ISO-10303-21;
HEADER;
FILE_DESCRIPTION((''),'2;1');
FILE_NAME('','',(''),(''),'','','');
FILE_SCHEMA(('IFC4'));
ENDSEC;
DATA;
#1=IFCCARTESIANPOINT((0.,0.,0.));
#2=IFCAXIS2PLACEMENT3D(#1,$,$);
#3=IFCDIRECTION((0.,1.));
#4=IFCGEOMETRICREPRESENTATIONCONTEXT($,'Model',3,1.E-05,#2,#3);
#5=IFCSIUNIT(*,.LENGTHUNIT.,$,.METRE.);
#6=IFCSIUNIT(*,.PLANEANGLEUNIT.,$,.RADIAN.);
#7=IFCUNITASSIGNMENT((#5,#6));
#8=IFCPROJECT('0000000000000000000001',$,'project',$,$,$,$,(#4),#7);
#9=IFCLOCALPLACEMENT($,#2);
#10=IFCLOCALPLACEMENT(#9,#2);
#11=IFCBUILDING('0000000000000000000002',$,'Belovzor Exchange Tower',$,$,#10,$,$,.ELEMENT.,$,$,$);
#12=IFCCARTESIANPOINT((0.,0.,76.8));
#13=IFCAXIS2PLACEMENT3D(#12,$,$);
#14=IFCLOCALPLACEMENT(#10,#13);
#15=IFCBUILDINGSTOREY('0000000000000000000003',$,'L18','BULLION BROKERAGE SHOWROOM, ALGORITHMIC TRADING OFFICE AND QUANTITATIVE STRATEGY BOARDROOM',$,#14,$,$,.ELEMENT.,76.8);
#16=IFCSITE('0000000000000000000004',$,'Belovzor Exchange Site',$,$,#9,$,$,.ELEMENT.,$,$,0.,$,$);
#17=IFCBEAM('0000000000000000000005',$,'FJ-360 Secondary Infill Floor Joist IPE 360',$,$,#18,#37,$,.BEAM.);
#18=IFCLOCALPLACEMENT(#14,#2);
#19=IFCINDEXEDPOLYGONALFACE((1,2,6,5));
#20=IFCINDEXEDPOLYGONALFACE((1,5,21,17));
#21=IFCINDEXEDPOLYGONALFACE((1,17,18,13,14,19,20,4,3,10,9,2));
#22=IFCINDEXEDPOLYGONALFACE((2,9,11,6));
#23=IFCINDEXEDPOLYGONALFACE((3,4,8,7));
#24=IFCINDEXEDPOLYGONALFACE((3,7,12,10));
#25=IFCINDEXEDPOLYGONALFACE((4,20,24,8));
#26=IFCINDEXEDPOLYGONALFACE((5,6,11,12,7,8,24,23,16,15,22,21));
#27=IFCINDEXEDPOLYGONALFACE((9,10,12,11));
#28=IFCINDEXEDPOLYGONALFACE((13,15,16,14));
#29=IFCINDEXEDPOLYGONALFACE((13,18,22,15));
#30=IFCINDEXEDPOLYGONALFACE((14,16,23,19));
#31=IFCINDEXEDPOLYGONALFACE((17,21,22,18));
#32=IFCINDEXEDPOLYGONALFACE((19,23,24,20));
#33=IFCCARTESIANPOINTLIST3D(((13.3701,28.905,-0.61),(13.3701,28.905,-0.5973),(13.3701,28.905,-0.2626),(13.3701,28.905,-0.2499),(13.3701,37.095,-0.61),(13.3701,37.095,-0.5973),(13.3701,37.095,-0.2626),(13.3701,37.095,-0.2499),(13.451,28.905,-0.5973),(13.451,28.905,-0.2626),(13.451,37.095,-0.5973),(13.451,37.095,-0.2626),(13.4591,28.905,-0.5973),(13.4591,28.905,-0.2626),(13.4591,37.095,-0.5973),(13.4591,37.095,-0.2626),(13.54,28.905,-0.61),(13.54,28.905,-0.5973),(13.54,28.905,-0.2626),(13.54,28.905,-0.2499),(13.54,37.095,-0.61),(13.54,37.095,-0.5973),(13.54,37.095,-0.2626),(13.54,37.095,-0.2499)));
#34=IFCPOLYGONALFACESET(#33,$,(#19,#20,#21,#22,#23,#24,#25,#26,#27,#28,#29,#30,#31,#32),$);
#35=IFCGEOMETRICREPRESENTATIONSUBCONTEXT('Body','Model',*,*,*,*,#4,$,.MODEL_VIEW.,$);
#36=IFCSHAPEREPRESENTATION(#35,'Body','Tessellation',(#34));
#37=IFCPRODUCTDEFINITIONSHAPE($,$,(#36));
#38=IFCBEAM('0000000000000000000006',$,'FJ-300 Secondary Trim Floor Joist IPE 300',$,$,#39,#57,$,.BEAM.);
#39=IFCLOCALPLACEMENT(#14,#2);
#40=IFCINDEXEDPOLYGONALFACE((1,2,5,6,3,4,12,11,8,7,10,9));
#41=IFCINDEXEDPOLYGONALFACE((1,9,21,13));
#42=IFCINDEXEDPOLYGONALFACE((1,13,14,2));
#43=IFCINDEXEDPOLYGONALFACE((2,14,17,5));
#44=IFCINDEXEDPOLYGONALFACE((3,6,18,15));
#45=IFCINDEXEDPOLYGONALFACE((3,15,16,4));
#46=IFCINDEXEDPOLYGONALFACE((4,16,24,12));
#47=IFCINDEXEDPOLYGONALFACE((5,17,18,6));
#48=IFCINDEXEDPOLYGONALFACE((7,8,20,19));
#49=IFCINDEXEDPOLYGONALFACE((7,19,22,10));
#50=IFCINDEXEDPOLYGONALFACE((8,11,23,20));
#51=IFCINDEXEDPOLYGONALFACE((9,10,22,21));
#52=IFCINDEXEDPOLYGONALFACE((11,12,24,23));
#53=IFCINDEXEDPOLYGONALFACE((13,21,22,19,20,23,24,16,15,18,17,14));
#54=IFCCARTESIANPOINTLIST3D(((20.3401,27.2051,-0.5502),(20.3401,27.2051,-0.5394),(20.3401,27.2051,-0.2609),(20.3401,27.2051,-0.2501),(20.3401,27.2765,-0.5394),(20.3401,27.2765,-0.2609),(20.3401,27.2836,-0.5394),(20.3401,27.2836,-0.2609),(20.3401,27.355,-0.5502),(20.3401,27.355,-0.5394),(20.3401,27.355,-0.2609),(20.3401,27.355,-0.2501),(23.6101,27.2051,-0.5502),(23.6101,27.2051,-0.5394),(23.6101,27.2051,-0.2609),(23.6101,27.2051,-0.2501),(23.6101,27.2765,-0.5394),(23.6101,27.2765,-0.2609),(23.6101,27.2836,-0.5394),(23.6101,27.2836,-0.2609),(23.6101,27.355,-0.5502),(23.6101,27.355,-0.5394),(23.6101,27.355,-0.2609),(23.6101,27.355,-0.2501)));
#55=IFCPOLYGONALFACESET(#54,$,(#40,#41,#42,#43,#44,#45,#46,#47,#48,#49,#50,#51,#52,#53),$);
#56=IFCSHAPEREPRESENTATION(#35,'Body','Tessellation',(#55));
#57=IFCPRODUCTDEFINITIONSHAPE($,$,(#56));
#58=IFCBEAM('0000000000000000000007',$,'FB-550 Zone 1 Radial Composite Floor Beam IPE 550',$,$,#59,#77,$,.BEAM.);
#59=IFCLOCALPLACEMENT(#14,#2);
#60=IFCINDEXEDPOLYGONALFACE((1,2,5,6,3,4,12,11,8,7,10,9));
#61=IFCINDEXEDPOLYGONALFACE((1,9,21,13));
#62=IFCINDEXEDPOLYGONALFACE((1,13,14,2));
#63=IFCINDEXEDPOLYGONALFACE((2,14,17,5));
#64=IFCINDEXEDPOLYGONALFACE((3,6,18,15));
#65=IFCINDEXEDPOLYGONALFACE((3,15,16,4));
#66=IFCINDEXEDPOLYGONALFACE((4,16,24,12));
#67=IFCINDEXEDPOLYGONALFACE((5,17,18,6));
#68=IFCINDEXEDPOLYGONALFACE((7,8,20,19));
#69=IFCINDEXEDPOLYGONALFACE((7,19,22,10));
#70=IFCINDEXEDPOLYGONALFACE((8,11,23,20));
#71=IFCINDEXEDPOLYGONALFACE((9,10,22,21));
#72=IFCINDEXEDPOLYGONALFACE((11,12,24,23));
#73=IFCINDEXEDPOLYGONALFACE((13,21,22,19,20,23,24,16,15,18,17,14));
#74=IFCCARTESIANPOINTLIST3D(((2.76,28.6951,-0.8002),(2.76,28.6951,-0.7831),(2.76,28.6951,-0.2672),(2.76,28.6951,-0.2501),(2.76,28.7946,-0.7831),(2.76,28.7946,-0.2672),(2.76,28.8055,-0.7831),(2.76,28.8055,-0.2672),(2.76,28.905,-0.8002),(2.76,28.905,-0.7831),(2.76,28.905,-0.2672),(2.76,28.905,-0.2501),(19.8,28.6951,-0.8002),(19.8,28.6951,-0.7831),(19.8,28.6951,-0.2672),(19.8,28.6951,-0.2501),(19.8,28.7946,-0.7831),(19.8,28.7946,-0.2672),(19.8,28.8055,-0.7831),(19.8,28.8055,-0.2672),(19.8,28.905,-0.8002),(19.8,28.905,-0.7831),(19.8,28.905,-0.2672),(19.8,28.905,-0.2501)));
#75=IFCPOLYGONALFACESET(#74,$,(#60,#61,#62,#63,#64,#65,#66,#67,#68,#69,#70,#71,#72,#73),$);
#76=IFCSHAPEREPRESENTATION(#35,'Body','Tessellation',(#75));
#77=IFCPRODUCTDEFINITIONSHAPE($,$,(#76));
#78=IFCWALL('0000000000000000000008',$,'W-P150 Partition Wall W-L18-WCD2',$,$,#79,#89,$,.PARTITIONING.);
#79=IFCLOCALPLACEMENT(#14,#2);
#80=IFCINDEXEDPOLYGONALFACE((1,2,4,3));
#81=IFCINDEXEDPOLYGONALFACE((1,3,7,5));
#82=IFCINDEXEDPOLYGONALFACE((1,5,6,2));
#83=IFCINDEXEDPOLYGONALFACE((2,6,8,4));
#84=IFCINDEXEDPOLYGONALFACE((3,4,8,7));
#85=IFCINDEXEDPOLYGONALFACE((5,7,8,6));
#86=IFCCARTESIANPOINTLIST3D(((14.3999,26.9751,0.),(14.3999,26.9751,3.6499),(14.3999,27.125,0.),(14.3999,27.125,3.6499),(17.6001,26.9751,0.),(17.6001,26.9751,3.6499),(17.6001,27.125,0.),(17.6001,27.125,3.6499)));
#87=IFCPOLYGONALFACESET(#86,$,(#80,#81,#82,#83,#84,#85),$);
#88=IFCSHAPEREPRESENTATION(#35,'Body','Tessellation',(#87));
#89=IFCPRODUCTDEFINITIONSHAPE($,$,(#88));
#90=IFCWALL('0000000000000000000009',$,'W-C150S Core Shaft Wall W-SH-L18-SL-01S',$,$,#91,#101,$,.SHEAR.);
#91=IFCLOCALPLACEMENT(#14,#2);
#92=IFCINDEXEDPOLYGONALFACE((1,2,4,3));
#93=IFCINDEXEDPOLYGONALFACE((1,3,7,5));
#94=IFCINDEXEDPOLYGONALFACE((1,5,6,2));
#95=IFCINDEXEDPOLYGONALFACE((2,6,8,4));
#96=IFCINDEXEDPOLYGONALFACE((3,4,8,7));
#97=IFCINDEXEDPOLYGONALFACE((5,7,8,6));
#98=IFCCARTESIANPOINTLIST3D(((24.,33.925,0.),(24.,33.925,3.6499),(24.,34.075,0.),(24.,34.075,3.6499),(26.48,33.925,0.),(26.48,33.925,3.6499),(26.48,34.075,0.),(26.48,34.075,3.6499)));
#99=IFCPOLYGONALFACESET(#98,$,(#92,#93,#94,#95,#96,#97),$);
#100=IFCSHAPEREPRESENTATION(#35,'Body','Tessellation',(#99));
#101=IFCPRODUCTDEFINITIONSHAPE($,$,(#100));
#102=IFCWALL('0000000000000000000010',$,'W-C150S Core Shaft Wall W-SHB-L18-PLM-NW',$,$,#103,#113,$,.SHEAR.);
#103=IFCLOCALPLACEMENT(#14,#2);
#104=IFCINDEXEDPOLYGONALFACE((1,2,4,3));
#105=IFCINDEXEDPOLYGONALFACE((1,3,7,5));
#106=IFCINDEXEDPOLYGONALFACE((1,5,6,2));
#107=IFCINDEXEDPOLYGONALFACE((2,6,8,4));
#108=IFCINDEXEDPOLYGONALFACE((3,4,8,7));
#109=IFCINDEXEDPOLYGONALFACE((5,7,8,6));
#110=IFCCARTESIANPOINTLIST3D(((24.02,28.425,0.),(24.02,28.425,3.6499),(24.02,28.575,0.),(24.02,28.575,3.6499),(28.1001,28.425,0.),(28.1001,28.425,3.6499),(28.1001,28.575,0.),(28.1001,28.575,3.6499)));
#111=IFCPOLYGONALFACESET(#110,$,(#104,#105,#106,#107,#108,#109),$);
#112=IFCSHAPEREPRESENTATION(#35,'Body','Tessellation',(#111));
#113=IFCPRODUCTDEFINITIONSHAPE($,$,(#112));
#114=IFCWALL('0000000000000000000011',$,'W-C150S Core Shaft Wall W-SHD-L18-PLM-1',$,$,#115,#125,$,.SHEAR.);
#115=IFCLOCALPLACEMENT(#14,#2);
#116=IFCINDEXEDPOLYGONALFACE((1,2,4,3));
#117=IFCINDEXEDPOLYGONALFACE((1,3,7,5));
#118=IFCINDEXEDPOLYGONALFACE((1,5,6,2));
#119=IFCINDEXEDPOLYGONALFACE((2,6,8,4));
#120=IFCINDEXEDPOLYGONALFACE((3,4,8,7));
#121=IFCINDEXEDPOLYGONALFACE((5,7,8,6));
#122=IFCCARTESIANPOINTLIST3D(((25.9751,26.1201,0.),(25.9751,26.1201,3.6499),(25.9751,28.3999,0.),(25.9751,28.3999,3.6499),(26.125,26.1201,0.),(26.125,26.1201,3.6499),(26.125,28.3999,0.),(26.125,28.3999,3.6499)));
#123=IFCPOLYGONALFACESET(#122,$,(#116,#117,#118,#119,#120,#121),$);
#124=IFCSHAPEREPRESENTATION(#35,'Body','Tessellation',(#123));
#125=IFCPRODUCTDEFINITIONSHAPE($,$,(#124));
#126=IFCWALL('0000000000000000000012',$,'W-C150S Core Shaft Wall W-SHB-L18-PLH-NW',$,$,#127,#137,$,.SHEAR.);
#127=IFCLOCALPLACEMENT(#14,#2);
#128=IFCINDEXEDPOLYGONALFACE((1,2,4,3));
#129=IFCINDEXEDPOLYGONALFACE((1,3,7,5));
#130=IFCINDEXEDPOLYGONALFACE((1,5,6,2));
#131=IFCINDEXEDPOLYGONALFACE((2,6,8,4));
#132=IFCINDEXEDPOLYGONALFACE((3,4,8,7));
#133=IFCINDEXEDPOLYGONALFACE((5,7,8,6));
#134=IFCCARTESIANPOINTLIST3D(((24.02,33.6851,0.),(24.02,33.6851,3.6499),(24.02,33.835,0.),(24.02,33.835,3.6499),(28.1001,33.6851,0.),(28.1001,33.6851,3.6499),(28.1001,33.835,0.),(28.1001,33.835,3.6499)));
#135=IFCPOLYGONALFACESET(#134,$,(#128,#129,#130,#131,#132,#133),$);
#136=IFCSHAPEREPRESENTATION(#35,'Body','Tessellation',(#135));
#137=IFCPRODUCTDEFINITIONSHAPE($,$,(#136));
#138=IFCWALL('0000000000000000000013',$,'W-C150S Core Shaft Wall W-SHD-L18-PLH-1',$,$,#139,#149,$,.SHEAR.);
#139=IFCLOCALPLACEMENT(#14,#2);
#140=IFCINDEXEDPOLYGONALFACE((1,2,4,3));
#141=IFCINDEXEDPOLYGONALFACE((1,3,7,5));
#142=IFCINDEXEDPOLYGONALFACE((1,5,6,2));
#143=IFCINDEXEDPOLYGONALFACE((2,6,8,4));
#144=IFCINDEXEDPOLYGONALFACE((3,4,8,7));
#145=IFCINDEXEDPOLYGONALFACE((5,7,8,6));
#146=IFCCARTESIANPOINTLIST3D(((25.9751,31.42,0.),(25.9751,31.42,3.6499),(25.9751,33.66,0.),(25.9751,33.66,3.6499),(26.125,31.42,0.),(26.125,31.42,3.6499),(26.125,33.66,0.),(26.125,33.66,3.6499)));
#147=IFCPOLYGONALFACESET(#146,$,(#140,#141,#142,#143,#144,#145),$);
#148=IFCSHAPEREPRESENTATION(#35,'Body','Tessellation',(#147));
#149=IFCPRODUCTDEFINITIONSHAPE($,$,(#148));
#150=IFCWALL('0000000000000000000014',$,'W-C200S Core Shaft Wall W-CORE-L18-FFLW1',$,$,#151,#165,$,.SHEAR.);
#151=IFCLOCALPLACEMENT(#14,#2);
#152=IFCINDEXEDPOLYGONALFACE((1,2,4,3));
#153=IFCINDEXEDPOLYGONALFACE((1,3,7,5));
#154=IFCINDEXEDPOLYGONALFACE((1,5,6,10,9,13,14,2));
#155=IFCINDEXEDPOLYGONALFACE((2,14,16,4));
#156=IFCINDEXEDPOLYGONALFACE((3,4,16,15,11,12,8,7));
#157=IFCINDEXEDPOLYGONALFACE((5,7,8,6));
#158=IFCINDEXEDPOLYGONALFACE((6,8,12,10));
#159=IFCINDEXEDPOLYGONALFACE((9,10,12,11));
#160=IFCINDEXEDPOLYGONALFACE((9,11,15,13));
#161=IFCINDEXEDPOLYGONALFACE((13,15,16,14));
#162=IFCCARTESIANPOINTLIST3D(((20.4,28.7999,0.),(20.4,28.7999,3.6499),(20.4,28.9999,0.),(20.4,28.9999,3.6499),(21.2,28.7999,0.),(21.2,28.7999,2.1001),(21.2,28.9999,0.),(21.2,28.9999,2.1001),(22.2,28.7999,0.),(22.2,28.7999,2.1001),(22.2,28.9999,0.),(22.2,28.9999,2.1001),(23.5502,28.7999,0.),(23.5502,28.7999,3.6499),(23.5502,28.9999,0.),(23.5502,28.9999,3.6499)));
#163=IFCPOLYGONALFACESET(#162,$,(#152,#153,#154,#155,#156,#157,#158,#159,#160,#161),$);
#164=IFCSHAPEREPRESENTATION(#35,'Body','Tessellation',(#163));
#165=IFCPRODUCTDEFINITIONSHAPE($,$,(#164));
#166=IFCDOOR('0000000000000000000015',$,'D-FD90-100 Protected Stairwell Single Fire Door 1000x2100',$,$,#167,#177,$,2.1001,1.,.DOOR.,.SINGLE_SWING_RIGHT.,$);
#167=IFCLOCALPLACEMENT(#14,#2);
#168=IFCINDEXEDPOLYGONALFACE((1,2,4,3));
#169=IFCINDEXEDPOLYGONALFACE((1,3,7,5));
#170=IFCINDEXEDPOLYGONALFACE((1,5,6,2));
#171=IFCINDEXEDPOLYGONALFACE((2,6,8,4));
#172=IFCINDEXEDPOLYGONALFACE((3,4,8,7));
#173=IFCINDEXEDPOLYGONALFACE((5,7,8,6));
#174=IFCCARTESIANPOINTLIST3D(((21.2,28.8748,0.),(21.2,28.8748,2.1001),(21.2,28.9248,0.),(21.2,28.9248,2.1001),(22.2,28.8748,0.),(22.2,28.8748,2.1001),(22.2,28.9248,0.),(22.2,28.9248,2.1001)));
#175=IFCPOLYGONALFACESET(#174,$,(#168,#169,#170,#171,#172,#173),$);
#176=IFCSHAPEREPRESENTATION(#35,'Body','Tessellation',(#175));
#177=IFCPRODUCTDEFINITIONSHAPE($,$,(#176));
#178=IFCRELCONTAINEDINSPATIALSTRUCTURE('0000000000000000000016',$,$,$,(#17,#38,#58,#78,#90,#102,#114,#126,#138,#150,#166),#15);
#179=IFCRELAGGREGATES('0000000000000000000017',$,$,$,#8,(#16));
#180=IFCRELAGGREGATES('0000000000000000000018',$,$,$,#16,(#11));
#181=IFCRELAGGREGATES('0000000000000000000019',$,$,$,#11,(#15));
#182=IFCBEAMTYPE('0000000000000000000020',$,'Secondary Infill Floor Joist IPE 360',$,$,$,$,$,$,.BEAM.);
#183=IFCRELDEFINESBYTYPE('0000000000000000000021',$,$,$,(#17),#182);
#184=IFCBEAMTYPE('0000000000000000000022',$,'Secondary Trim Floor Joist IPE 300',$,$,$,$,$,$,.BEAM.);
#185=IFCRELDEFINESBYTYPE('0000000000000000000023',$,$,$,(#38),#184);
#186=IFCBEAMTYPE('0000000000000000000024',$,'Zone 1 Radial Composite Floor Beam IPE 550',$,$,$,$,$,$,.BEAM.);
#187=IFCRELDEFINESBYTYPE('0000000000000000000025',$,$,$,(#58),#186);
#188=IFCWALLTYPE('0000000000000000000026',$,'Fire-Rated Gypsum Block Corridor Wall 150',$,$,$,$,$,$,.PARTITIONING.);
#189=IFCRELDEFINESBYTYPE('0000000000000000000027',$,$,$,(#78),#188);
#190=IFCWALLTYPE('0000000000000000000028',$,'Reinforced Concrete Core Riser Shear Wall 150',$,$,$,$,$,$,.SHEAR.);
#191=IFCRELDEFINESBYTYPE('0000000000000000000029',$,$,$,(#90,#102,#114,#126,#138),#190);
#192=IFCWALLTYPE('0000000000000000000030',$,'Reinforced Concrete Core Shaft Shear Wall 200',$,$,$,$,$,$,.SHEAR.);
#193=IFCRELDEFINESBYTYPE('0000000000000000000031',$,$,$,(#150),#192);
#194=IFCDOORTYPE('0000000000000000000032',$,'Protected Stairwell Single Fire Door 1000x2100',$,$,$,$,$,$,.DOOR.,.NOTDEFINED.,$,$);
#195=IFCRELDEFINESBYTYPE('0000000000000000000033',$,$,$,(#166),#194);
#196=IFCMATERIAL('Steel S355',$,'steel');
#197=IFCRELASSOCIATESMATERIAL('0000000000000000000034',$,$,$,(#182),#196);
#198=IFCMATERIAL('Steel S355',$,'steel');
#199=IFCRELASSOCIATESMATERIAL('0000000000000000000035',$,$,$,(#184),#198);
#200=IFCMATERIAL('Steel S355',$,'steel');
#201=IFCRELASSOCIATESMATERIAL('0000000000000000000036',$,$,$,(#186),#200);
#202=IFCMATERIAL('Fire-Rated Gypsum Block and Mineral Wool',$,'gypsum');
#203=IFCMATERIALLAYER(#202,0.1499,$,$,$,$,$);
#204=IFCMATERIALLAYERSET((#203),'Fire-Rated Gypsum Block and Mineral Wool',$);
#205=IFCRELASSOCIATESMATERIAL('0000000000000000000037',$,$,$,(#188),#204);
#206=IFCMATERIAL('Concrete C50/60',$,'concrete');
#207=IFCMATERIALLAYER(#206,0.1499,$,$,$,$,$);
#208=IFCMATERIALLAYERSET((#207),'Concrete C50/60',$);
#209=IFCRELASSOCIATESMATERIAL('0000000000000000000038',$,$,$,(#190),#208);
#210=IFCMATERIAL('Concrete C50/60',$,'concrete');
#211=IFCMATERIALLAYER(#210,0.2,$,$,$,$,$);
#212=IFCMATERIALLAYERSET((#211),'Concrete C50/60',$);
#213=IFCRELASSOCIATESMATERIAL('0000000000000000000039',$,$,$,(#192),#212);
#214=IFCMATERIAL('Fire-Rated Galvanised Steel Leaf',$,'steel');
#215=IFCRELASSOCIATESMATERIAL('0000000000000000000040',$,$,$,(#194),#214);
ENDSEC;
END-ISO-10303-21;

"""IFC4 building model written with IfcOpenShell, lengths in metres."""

from ifc_helpers import new_model, si_unit, direction, frame, frame_2d, origin, origin_2d, place, context, subcontext, project, spatial, rectangle, i_section, extrude, material, layer, layer_set, material_profile, profile_set, type_object, element, fill, save


model = new_model("IFC4")

# Units and contexts
model_context = context("Model", 3, precision=1e-05, world=origin(), true_north=direction((0.0, 1.0)))
body_context = subcontext(model_context, "Body", "Model", "MODEL_VIEW")
ifc_project = project(units=[si_unit("LENGTHUNIT", "METRE"), si_unit("PLANEANGLEUNIT", "RADIAN")], contexts=[model_context])

# Site, building, storey
site_placement = place(None, origin())
site = spatial("IfcSite", under=ifc_project, at=site_placement, Name="Belovzor Exchange Site", CompositionType="ELEMENT", RefElevation=0.0)
building_placement = place(site_placement, origin())
building = spatial("IfcBuilding", under=site, at=building_placement, Name="Belovzor Exchange Tower", CompositionType="ELEMENT")
storey_placement = place(building_placement, frame((0.0, 0.0, 76.8)))
storey = spatial("IfcBuildingStorey", under=building, at=storey_placement, Name="L18", Description="BULLION BROKERAGE SHOWROOM, ALGORITHMIC TRADING OFFICE AND QUANTITATIVE STRATEGY BOARDROOM", CompositionType="ELEMENT", Elevation=76.8)

# Beams
ifc_material_1 = material(Name="Steel S355", Category="steel")
ifc_material_profile_1 = material_profile(ifc_material_1, i_section(OverallWidth=0.1699, OverallDepth=0.3601, WebThickness=0.0081, FlangeThickness=0.0127, at=origin_2d()))
ifc_profile_set_1 = profile_set([ifc_material_profile_1], Name="Steel S355")
beam_type_1 = type_object("IfcBeamType", Name="Secondary Infill Floor Joist IPE 360", PredefinedType="BEAM", material=ifc_profile_set_1)
beam_1_placement = place(storey_placement, frame((13.4551, 28.905, -0.4299), z_axis=(0.0, 1.0, 0.0), x_axis=(-1.0, 0.0, 0.0)))
element("IfcBeam", 1, at=beam_1_placement, inside=storey, type_object=beam_type_1, Name="FJ-360 Secondary Infill Floor Joist IPE 360", PredefinedType="BEAM", context=body_context, shape_type="SweptSolid", body=[
    extrude(i_section(OverallWidth=0.1699, OverallDepth=0.3601, WebThickness=0.0081, FlangeThickness=0.0127, at=origin_2d()), origin(), (0.0, 0.0, 1.0), 8.1899),
])
ifc_material_2 = material(Name="Steel S355", Category="steel")
ifc_material_profile_2 = material_profile(ifc_material_2, i_section(OverallWidth=0.1499, OverallDepth=0.3, WebThickness=0.0071, FlangeThickness=0.0107, at=origin_2d()))
ifc_profile_set_2 = profile_set([ifc_material_profile_2], Name="Steel S355")
beam_type_2 = type_object("IfcBeamType", Name="Secondary Trim Floor Joist IPE 300", PredefinedType="BEAM", material=ifc_profile_set_2)
beam_2_placement = place(storey_placement, frame((20.3401, 27.28, -0.4001), z_axis=(1.0, 0.0, 0.0), x_axis=(0.0, 1.0, 0.0)))
element("IfcBeam", 2, at=beam_2_placement, inside=storey, type_object=beam_type_2, Name="FJ-300 Secondary Trim Floor Joist IPE 300", PredefinedType="BEAM", context=body_context, shape_type="SweptSolid", body=[
    extrude(i_section(OverallWidth=0.1499, OverallDepth=0.3, WebThickness=0.0071, FlangeThickness=0.0107, at=origin_2d()), origin(), (0.0, 0.0, 1.0), 3.27),
])
ifc_material_3 = material(Name="Steel S355", Category="steel")
ifc_material_profile_3 = material_profile(ifc_material_3, i_section(OverallWidth=0.21, OverallDepth=0.55, WebThickness=0.011, FlangeThickness=0.0171, at=origin_2d()))
ifc_profile_set_3 = profile_set([ifc_material_profile_3], Name="Steel S355")
beam_type_3 = type_object("IfcBeamType", Name="Zone 1 Radial Composite Floor Beam IPE 550", PredefinedType="BEAM", material=ifc_profile_set_3)
beam_3_placement = place(storey_placement, frame((19.8, 28.8, -0.5251), z_axis=(-1.0, 0.0, 0.0), x_axis=(0.0, -1.0, 0.0)))
element("IfcBeam", 3, at=beam_3_placement, inside=storey, type_object=beam_type_3, Name="FB-550 Zone 1 Radial Composite Floor Beam IPE 550", PredefinedType="BEAM", context=body_context, shape_type="SweptSolid", body=[
    extrude(i_section(OverallWidth=0.21, OverallDepth=0.55, WebThickness=0.011, FlangeThickness=0.0171, at=origin_2d()), origin(), (0.0, 0.0, 1.0), 17.04),
])

# Walls
ifc_material_4 = material(Name="Fire-Rated Gypsum Block and Mineral Wool", Category="gypsum")
ifc_layer_1 = layer(ifc_material_4, 0.1499)
ifc_layer_set_1 = layer_set([ifc_layer_1], Name="Fire-Rated Gypsum Block and Mineral Wool")
wall_type_1 = type_object("IfcWallType", Name="Fire-Rated Gypsum Block Corridor Wall 150", PredefinedType="PARTITIONING", material=ifc_layer_set_1)
wall_1_placement = place(storey_placement, frame((14.3999, 27.05, 0.0), z_axis=(0.0, 0.0, 1.0), x_axis=(1.0, 0.0, 0.0)))
element("IfcWall", 4, at=wall_1_placement, inside=storey, type_object=wall_type_1, Name="W-P150 Partition Wall W-L18-WCD2", PredefinedType="PARTITIONING", context=body_context, shape_type="SweptSolid", body=[
    extrude(rectangle(XDim=3.2002, YDim=0.1499, at=frame_2d((1.6001, 0.0))), origin(), (0.0, 0.0, 1.0), 3.6499),
])
ifc_material_5 = material(Name="Concrete C50/60", Category="concrete")
ifc_layer_2 = layer(ifc_material_5, 0.1499)
ifc_layer_set_2 = layer_set([ifc_layer_2], Name="Concrete C50/60")
wall_type_2 = type_object("IfcWallType", Name="Reinforced Concrete Core Riser Shear Wall 150", PredefinedType="SHEAR", material=ifc_layer_set_2)
wall_2_placement = place(storey_placement, frame((24.0, 34.0, 0.0), z_axis=(0.0, 0.0, 1.0), x_axis=(1.0, 0.0, 0.0)))
element("IfcWall", 5, at=wall_2_placement, inside=storey, type_object=wall_type_2, Name="W-C150S Core Shaft Wall W-SH-L18-SL-01S", PredefinedType="SHEAR", context=body_context, shape_type="SweptSolid", body=[
    extrude(rectangle(XDim=2.48, YDim=0.1499, at=frame_2d((1.24, 0.0))), origin(), (0.0, 0.0, 1.0), 3.6499),
])
wall_3_placement = place(storey_placement, frame((24.02, 28.5, 0.0), z_axis=(0.0, 0.0, 1.0), x_axis=(1.0, 0.0, 0.0)))
element("IfcWall", 6, at=wall_3_placement, inside=storey, type_object=wall_type_2, Name="W-C150S Core Shaft Wall W-SHB-L18-PLM-NW", PredefinedType="SHEAR", context=body_context, shape_type="SweptSolid", body=[
    extrude(rectangle(XDim=4.0801, YDim=0.1499, at=frame_2d((2.04, 0.0))), origin(), (0.0, 0.0, 1.0), 3.6499),
])
wall_4_placement = place(storey_placement, frame((26.05, 26.1201, 0.0), z_axis=(0.0, 0.0, 1.0), x_axis=(0.0, 1.0, 0.0)))
element("IfcWall", 7, at=wall_4_placement, inside=storey, type_object=wall_type_2, Name="W-C150S Core Shaft Wall W-SHD-L18-PLM-1", PredefinedType="SHEAR", context=body_context, shape_type="SweptSolid", body=[
    extrude(rectangle(XDim=2.2798, YDim=0.1499, at=frame_2d((1.1399, 0.0))), origin(), (0.0, 0.0, 1.0), 3.6499),
])
wall_5_placement = place(storey_placement, frame((24.02, 33.76, 0.0), z_axis=(0.0, 0.0, 1.0), x_axis=(1.0, 0.0, 0.0)))
element("IfcWall", 8, at=wall_5_placement, inside=storey, type_object=wall_type_2, Name="W-C150S Core Shaft Wall W-SHB-L18-PLH-NW", PredefinedType="SHEAR", context=body_context, shape_type="SweptSolid", body=[
    extrude(rectangle(XDim=4.0801, YDim=0.1499, at=frame_2d((2.04, 0.0))), origin(), (0.0, 0.0, 1.0), 3.6499),
])
wall_6_placement = place(storey_placement, frame((26.05, 31.4199, 0.0), z_axis=(0.0, 0.0, 1.0), x_axis=(0.0, 1.0, 0.0)))
element("IfcWall", 9, at=wall_6_placement, inside=storey, type_object=wall_type_2, Name="W-C150S Core Shaft Wall W-SHD-L18-PLH-1", PredefinedType="SHEAR", context=body_context, shape_type="SweptSolid", body=[
    extrude(rectangle(XDim=2.24, YDim=0.1499, at=frame_2d((1.1201, 0.0))), origin(), (0.0, 0.0, 1.0), 3.6499),
])

# Wall, opening, door
ifc_material_6 = material(Name="Concrete C50/60", Category="concrete")
ifc_layer_3 = layer(ifc_material_6, 0.2)
ifc_layer_set_3 = layer_set([ifc_layer_3], Name="Concrete C50/60")
wall_type_3 = type_object("IfcWallType", Name="Reinforced Concrete Core Shaft Shear Wall 200", PredefinedType="SHEAR", material=ifc_layer_set_3)
wall_7_placement = place(storey_placement, frame((20.3999, 28.8999, 0.0), z_axis=(0.0, 0.0, 1.0), x_axis=(1.0, 0.0, 0.0)))
wall_7 = element("IfcWall", 10, at=wall_7_placement, inside=storey, type_object=wall_type_3, Name="W-C200S Core Shaft Wall W-CORE-L18-FFLW1", PredefinedType="SHEAR", context=body_context, shape_type="SweptSolid", body=[
    extrude(rectangle(XDim=3.1501, YDim=0.2, at=frame_2d((1.5752, 0.0))), origin(), (0.0, 0.0, 1.0), 3.6499),
])
opening_1_placement = place(wall_7_placement, frame((0.8, 0.0, 0.0)))
opening_1 = element("IfcOpeningElement", 11, at=opening_1_placement, cuts=wall_7, PredefinedType="OPENING", context=body_context, shape_type="SweptSolid", body=[
    extrude(rectangle(XDim=1.0, YDim=2.1001, at=frame_2d((0.5, 1.05))), frame((0.0, 0.1099, 0.0), z_axis=(0.0, -1.0, 0.0), x_axis=(1.0, 0.0, 0.0)), (0.0, 0.0, 1.0), 0.22),
])
ifc_material_7 = material(Name="Fire-Rated Galvanised Steel Leaf", Category="steel")
door_type_1 = type_object("IfcDoorType", Name="Protected Stairwell Single Fire Door 1000x2100", OperationType="NOTDEFINED", PredefinedType="DOOR", material=ifc_material_7)
door_1_placement = place(opening_1_placement, origin())
door_1 = element("IfcDoor", 12, at=door_1_placement, inside=storey, type_object=door_type_1, Name="D-FD90-100 Protected Stairwell Single Fire Door 1000x2100", OperationType="SINGLE_SWING_RIGHT", OverallHeight=2.1001, OverallWidth=1.0, PredefinedType="DOOR", context=body_context, shape_type="SweptSolid", body=[
    extrude(rectangle(XDim=1.0, YDim=2.1001, at=frame_2d((0.5, 1.05))), frame((0.0, 0.0249, 0.0), z_axis=(0.0, -1.0, 0.0), x_axis=(1.0, 0.0, 0.0)), (0.0, 0.0, 1.0), 0.05),
])
fill(opening_1, door_1)

save(model, "model.ifc")
